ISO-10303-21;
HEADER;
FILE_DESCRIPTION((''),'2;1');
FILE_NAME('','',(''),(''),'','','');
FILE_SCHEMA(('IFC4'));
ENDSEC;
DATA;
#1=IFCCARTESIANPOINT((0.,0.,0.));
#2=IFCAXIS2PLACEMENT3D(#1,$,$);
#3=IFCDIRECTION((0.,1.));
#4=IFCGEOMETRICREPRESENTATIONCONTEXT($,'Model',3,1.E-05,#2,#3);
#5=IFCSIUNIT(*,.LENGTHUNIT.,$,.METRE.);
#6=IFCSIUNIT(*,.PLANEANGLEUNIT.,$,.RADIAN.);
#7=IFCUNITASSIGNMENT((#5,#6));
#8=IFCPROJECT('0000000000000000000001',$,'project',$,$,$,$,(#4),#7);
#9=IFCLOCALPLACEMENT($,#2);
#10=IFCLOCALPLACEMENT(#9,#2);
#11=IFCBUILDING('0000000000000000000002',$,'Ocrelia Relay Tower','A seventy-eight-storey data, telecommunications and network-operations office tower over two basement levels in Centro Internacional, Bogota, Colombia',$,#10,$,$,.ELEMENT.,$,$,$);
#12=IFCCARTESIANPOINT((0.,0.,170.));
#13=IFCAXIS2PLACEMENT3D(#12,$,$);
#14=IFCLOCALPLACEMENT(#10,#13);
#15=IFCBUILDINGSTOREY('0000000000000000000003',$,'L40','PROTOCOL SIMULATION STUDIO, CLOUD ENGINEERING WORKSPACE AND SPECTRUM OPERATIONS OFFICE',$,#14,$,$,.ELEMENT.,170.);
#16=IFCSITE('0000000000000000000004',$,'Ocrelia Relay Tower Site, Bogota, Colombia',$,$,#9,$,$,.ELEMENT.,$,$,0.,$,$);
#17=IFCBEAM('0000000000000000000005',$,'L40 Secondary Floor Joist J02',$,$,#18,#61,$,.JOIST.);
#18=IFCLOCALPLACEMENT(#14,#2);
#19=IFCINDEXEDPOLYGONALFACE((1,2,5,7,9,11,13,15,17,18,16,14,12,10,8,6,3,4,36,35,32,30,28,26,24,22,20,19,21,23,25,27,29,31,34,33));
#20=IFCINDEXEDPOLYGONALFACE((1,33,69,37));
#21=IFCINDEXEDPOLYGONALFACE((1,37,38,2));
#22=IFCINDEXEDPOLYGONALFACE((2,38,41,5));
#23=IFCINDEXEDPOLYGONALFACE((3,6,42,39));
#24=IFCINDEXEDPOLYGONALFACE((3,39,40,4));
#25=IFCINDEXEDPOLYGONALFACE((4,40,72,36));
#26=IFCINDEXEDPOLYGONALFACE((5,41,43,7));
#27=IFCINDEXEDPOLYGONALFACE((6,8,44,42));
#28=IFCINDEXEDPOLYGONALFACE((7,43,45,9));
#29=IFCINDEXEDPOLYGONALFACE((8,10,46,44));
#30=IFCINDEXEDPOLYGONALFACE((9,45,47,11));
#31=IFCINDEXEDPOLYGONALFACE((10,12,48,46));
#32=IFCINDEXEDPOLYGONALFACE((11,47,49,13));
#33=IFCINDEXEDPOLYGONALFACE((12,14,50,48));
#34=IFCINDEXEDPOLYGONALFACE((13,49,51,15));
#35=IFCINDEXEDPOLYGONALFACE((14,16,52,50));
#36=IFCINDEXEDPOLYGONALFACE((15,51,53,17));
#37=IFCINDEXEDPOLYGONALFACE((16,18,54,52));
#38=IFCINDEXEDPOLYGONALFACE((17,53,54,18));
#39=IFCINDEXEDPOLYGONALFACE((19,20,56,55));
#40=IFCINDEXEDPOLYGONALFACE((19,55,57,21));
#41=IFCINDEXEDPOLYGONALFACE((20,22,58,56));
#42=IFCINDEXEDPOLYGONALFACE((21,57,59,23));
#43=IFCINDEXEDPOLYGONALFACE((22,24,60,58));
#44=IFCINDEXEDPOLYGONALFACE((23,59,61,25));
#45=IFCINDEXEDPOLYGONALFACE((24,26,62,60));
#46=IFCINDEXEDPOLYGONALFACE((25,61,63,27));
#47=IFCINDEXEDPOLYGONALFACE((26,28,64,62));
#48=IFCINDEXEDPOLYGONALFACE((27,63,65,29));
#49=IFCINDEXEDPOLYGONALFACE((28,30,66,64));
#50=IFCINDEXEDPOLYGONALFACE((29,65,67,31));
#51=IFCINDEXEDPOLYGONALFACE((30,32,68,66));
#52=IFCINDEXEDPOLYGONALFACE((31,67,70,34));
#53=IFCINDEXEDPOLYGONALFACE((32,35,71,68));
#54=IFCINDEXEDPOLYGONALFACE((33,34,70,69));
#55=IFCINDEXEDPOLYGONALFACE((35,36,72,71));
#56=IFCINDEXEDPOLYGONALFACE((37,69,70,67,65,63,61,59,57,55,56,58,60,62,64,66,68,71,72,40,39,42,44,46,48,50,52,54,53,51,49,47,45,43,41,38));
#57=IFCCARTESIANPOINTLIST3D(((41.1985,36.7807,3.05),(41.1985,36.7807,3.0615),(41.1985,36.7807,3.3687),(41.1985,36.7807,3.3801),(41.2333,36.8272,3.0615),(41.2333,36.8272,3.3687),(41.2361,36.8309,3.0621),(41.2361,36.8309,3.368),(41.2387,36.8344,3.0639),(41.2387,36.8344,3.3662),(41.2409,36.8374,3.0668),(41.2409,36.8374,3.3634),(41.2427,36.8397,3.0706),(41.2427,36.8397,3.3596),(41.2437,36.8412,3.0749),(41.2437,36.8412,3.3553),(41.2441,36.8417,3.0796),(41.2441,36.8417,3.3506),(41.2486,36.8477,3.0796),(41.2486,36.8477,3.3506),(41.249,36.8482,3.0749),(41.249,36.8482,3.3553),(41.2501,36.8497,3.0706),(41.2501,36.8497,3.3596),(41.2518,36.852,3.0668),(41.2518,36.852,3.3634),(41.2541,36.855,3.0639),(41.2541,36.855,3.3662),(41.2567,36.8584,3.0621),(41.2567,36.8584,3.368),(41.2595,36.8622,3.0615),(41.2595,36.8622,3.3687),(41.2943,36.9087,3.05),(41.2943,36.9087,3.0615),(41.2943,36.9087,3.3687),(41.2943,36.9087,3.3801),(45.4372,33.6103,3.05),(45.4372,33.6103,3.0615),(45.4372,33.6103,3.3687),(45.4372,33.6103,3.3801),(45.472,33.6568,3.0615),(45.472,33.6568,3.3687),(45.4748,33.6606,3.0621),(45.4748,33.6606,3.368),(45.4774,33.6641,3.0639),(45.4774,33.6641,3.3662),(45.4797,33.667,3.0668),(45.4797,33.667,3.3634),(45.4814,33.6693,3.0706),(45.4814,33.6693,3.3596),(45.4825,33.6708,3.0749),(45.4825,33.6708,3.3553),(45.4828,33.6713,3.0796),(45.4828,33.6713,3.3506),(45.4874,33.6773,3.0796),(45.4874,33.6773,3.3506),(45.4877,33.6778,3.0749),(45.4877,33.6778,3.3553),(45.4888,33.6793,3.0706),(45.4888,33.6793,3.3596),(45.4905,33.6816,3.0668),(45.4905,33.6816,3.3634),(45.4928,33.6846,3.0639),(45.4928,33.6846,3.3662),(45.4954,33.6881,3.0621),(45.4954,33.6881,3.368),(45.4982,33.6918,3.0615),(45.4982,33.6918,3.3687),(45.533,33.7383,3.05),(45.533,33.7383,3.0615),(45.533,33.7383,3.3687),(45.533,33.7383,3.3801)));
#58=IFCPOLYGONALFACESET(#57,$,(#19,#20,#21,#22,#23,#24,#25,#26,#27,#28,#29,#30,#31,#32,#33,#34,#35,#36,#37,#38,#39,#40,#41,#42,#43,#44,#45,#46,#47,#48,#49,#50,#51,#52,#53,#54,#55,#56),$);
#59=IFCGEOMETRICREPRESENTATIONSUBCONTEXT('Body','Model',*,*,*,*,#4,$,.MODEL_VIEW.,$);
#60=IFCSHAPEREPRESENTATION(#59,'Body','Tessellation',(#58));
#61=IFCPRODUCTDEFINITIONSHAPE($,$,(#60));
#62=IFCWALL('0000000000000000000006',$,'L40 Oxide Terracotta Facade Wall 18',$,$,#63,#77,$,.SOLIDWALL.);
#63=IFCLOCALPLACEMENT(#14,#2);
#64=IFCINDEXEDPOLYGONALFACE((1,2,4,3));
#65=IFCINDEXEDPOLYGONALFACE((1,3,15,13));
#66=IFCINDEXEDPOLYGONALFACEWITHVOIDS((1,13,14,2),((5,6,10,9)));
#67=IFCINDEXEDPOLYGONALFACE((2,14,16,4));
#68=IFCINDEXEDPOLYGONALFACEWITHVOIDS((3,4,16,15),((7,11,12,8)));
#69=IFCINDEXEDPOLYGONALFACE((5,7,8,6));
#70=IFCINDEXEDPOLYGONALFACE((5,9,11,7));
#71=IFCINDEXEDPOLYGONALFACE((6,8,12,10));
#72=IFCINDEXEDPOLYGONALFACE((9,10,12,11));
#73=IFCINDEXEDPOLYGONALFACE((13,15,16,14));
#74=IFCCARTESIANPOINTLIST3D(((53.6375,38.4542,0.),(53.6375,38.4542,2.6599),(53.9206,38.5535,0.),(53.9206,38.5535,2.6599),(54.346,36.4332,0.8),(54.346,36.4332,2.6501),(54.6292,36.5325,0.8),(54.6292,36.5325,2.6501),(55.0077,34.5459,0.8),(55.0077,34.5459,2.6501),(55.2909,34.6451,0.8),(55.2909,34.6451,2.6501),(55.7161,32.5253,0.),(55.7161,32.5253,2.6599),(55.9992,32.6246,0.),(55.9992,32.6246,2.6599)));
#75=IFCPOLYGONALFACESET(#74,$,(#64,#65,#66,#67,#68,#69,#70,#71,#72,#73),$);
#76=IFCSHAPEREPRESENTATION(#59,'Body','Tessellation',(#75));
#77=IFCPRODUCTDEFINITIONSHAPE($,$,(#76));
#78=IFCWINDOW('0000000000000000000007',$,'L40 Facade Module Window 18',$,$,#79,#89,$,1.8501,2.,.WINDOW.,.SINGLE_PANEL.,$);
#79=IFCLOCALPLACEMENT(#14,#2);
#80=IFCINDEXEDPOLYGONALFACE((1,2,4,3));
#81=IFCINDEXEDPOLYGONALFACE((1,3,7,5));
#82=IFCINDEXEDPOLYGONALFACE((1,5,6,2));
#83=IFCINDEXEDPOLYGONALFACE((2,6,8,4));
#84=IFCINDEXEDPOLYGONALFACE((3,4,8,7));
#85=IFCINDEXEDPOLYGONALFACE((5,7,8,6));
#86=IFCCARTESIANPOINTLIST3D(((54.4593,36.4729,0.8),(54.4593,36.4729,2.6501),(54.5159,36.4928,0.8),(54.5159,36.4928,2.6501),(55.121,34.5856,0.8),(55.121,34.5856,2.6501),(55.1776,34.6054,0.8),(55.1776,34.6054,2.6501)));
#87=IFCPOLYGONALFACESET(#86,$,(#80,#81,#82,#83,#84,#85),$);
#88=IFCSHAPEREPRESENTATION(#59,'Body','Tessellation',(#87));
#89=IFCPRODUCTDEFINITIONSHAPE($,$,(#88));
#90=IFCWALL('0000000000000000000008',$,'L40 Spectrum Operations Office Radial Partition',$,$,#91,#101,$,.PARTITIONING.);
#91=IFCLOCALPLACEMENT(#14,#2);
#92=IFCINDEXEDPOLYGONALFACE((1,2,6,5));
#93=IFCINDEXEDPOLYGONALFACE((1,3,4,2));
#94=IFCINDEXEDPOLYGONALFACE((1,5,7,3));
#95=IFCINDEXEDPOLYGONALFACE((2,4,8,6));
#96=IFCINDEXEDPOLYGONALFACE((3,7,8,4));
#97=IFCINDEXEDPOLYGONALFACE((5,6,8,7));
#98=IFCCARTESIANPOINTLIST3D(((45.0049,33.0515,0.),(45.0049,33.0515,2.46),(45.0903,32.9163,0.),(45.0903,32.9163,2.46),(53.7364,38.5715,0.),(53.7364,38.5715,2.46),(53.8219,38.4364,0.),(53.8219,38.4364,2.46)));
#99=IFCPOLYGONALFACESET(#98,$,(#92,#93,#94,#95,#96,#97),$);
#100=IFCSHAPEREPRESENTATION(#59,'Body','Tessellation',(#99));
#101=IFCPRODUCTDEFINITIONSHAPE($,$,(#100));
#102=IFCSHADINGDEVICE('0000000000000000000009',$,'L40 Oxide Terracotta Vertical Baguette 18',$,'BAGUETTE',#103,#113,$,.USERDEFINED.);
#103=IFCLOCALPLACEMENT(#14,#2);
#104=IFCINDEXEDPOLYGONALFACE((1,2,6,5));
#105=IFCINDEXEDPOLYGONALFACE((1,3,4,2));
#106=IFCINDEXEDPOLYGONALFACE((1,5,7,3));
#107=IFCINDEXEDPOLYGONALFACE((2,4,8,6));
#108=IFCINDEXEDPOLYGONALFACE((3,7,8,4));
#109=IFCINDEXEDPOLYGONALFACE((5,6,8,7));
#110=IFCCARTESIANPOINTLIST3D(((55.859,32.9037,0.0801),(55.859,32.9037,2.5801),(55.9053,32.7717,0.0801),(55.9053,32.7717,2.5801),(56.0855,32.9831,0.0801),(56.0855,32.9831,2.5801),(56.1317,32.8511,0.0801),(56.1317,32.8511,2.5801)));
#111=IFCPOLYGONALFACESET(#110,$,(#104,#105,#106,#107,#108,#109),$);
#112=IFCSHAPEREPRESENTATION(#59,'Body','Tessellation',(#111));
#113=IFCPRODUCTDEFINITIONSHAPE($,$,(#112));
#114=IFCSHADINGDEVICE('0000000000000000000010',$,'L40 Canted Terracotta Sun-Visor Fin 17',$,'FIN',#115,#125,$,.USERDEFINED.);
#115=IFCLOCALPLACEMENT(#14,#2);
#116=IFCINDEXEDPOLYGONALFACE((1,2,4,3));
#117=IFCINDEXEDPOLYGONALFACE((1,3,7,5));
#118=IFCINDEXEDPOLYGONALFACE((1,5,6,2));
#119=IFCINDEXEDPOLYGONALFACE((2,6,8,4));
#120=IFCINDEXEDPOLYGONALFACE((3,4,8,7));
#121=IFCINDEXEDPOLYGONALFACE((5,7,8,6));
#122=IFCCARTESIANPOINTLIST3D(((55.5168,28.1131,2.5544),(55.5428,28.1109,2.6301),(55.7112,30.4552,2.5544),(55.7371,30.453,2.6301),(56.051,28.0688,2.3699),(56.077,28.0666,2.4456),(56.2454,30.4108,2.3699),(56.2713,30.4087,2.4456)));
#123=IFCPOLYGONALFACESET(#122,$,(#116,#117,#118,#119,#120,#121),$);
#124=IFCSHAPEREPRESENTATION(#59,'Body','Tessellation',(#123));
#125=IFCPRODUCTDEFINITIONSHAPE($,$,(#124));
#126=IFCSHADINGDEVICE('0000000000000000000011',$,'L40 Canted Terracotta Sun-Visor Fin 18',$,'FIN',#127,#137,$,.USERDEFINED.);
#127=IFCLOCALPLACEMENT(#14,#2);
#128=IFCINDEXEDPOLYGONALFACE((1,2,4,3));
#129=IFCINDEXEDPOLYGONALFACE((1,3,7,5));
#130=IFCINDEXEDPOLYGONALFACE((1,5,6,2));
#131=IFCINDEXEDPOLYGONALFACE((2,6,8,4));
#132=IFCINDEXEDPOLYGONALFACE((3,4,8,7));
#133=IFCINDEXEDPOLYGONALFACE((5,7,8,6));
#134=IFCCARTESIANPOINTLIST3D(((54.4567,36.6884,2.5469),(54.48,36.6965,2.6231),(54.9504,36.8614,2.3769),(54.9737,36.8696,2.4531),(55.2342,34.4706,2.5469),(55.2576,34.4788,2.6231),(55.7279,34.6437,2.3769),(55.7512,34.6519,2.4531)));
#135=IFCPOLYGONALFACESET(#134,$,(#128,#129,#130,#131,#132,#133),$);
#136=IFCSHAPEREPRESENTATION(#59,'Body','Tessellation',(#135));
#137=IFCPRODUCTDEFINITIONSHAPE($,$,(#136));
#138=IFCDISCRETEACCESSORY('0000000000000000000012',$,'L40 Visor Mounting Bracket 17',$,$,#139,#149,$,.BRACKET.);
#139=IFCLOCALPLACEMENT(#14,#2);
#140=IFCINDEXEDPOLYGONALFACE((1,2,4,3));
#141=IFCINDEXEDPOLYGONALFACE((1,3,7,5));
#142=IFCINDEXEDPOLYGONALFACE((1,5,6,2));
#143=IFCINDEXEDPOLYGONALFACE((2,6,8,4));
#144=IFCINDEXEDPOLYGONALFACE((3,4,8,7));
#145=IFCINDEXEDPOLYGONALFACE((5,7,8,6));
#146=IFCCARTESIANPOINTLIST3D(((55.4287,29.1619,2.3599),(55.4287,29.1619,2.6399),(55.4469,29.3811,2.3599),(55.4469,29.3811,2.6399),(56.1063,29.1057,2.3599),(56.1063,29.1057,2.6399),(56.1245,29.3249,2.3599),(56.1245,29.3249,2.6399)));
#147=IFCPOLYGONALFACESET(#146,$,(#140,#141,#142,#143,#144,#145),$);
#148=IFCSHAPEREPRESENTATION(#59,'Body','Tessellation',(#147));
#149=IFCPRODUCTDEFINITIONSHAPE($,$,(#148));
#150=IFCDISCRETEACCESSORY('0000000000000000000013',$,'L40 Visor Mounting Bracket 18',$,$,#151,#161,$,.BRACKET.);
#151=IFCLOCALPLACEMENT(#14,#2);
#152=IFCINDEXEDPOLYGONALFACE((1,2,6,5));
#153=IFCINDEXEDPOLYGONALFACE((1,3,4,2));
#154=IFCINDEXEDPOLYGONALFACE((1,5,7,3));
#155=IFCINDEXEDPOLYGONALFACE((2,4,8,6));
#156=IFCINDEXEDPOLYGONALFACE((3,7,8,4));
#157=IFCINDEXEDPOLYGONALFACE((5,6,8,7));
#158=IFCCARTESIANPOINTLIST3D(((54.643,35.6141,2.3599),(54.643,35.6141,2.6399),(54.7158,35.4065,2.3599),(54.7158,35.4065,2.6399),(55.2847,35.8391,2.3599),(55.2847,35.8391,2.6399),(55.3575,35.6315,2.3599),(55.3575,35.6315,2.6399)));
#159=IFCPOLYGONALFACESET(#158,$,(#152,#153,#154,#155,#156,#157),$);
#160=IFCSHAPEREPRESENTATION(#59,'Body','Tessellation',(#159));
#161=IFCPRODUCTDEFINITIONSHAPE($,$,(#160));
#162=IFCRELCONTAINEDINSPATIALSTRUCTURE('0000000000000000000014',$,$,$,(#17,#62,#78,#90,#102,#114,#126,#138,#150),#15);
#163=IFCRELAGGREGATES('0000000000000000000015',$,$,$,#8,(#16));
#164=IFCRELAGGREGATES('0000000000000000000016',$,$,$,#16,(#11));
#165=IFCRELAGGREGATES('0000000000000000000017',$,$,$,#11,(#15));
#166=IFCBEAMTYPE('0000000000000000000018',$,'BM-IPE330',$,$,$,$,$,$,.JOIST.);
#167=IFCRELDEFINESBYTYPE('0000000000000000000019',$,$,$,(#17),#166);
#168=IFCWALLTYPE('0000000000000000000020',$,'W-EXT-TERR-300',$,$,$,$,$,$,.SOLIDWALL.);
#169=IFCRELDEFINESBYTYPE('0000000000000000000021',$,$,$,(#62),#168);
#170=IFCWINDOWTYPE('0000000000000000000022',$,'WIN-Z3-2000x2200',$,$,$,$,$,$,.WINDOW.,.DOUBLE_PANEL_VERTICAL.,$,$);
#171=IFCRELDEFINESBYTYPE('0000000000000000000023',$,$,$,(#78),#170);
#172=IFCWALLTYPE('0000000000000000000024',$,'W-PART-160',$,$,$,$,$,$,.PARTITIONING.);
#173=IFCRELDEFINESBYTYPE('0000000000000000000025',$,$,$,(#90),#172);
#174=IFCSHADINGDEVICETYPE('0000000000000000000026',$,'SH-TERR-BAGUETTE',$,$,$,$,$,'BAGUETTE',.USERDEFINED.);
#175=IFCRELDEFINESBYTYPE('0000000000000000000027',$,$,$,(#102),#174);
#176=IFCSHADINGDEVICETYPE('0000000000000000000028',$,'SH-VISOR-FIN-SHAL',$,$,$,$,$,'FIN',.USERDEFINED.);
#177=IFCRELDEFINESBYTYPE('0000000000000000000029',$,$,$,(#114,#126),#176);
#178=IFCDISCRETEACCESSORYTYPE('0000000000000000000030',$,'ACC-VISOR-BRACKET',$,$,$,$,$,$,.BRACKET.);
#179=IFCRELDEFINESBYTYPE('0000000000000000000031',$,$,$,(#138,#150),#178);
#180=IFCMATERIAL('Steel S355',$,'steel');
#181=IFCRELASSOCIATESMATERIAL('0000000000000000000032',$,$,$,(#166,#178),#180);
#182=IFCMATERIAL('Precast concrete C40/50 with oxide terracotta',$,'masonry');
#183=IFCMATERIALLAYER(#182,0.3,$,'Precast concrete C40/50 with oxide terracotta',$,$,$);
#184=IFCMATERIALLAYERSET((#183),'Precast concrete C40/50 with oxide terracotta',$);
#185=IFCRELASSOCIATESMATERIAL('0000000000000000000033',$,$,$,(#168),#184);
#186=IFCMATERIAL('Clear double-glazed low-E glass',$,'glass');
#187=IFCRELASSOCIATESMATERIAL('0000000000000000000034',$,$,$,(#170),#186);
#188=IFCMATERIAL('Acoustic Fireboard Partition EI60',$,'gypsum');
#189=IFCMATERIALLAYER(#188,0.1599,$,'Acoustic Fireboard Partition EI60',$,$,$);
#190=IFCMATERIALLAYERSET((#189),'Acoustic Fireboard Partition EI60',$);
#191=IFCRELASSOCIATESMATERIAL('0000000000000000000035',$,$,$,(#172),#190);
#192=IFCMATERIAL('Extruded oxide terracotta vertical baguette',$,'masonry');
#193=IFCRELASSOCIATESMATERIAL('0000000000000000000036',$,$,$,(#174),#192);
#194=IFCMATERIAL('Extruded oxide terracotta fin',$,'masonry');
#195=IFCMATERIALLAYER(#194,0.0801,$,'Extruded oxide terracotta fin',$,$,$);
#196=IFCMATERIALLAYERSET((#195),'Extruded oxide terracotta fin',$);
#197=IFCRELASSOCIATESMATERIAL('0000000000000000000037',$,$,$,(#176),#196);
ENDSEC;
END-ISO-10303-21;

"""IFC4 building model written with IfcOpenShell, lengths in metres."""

from ifc_helpers import new_model, si_unit, direction, frame, frame_2d, origin, origin_2d, place, context, subcontext, project, spatial, rectangle, i_section, extrude, material, layer, layer_set, material_profile, profile_set, type_object, element, fill, save


model = new_model("IFC4")

# Units and contexts
model_context = context("Model", 3, precision=1e-05, world=origin(), true_north=direction((0.0, 1.0)))
body_context = subcontext(model_context, "Body", "Model", "MODEL_VIEW")
ifc_project = project(units=[si_unit("LENGTHUNIT", "METRE"), si_unit("PLANEANGLEUNIT", "RADIAN")], contexts=[model_context])

# Site, building, storey
site_placement = place(None, origin())
site = spatial("IfcSite", under=ifc_project, at=site_placement, Name="Ocrelia Relay Tower Site, Bogota, Colombia", CompositionType="ELEMENT", RefElevation=0.0)
building_placement = place(site_placement, origin())
building = spatial("IfcBuilding", under=site, at=building_placement, Name="Ocrelia Relay Tower", Description="A seventy-eight-storey data, telecommunications and network-operations office tower over two basement levels in Centro Internacional, Bogota, Colombia", CompositionType="ELEMENT")
storey_placement = place(building_placement, frame((0.0, 0.0, 170.0)))
storey = spatial("IfcBuildingStorey", under=building, at=storey_placement, Name="L40", Description="PROTOCOL SIMULATION STUDIO, CLOUD ENGINEERING WORKSPACE AND SPECTRUM OPERATIONS OFFICE", CompositionType="ELEMENT", Elevation=170.0)

# Beam
ifc_material_1 = material(Name="Steel S355", Category="steel")
ifc_material_profile_1 = material_profile(ifc_material_1, i_section(OverallWidth=0.1599, OverallDepth=0.3301, WebThickness=0.0076, FlangeThickness=0.0115, FilletRadius=0.0181, at=origin_2d()), Name="IPE 330")
ifc_profile_set_1 = profile_set([ifc_material_profile_1], Name="Steel S355")
beam_type_1 = type_object("IfcBeamType", Name="BM-IPE330", PredefinedType="JOIST", material=ifc_profile_set_1)
beam_1_placement = place(storey_placement, frame((45.4851, 33.6743, 3.2151), z_axis=(-0.800785, 0.598952, 0.0), x_axis=(-0.598952, -0.800785, 0.0)))
element("IfcBeam", 1, at=beam_1_placement, inside=storey, type_object=beam_type_1, Name="L40 Secondary Floor Joist J02", PredefinedType="JOIST", context=body_context, shape_type="SweptSolid", body=[
    extrude(i_section(OverallWidth=0.1599, OverallDepth=0.3301, WebThickness=0.0076, FlangeThickness=0.0115, FilletRadius=0.0181, at=origin_2d()), origin(), (0.0, 0.0, 1.0), 5.2932),
])

# Wall, opening, window
ifc_material_2 = material(Name="Precast concrete C40/50 with oxide terracotta", Category="masonry")
ifc_layer_1 = layer(ifc_material_2, 0.3, Name="Precast concrete C40/50 with oxide terracotta")
ifc_layer_set_1 = layer_set([ifc_layer_1], Name="Precast concrete C40/50 with oxide terracotta")
wall_type_1 = type_object("IfcWallType", Name="W-EXT-TERR-300", PredefinedType="SOLIDWALL", material=ifc_layer_set_1)
wall_1_placement = place(storey_placement, frame((55.8577, 32.575, 0.0), z_axis=(0.0, 0.0, 1.0), x_axis=(-0.330844, 0.943686, 0.0)))
wall_1 = element("IfcWall", 2, at=wall_1_placement, inside=storey, type_object=wall_type_1, Name="L40 Oxide Terracotta Facade Wall 18", PredefinedType="SOLIDWALL", context=body_context, shape_type="SweptSolid", body=[
    extrude(rectangle(XDim=6.2827, YDim=0.3, at=frame_2d((3.1414, 0.0))), origin(), (0.0, 0.0, 1.0), 2.6599),
])
opening_1_placement = place(wall_1_placement, frame((2.1411, 0.0, 0.8)))
opening_1 = element("IfcOpeningElement", 3, at=opening_1_placement, cuts=wall_1, PredefinedType="OPENING", context=body_context, shape_type="SweptSolid", body=[
    extrude(rectangle(XDim=2.0, YDim=1.8501, at=frame_2d((1.0, 0.925))), frame((0.0, 0.1602, 0.0), z_axis=(0.0, -1.0, 0.0), x_axis=(1.0, 0.0, 0.0)), (0.0, 0.0, 1.0), 0.3201),
])
ifc_material_3 = material(Name="Clear double-glazed low-E glass", Category="glass")
window_type = type_object("IfcWindowType", Name="WIN-Z3-2000x2200", PartitioningType="DOUBLE_PANEL_VERTICAL", PredefinedType="WINDOW", material=ifc_material_3)
window_placement = place(opening_1_placement, origin())
window = element("IfcWindow", 4, at=window_placement, inside=storey, type_object=window_type, Name="L40 Facade Module Window 18", OverallHeight=1.8501, OverallWidth=2.0, PartitioningType="SINGLE_PANEL", PredefinedType="WINDOW", context=body_context, shape_type="SweptSolid", body=[
    extrude(rectangle(XDim=2.0, YDim=1.8501, at=frame_2d((1.0, 0.925))), frame((0.0, 0.03, 0.0), z_axis=(0.0, -1.0, 0.0), x_axis=(1.0, 0.0, 0.0)), (0.0, 0.0, 1.0), 0.0601),
])
fill(opening_1, window)

# Wall
ifc_material_4 = material(Name="Acoustic Fireboard Partition EI60", Category="gypsum")
ifc_layer_2 = layer(ifc_material_4, 0.1599, Name="Acoustic Fireboard Partition EI60")
ifc_layer_set_2 = layer_set([ifc_layer_2], Name="Acoustic Fireboard Partition EI60")
wall_type_2 = type_object("IfcWallType", Name="W-PART-160", PredefinedType="PARTITIONING", material=ifc_layer_set_2)
wall_2_placement = place(storey_placement, frame((45.0476, 32.9839, 0.0), z_axis=(0.0, 0.0, 1.0), x_axis=(0.845252, 0.534368, 0.0)))
element("IfcWall", 5, at=wall_2_placement, inside=storey, type_object=wall_type_2, Name="L40 Spectrum Operations Office Radial Partition", PredefinedType="PARTITIONING", context=body_context, shape_type="SweptSolid", body=[
    extrude(rectangle(XDim=10.3301, YDim=0.1599, at=frame_2d((5.165, 0.0))), origin(), (0.0, 0.0, 1.0), 2.46),
])

# Shading devices
ifc_material_5 = material(Name="Extruded oxide terracotta vertical baguette", Category="masonry")
shading_device_type_1 = type_object("IfcShadingDeviceType", Name="SH-TERR-BAGUETTE", ElementType="BAGUETTE", PredefinedType="USERDEFINED", material=ifc_material_5)
shading_device_1_placement = place(storey_placement, frame((55.9954, 32.8774, 0.0801), z_axis=(0.0, 0.0, 1.0), x_axis=(-0.330845, 0.943685, 0.0)))
element("IfcShadingDevice", 6, at=shading_device_1_placement, inside=storey, type_object=shading_device_type_1, Name="L40 Oxide Terracotta Vertical Baguette 18", ObjectType="BAGUETTE", PredefinedType="USERDEFINED", context=body_context, shape_type="SweptSolid", body=[
    extrude(rectangle(XDim=0.1399, YDim=0.24, at=origin_2d()), origin(), (0.0, 0.0, 1.0), 2.5),
])
ifc_material_6 = material(Name="Extruded oxide terracotta fin", Category="masonry")
ifc_layer_3 = layer(ifc_material_6, 0.0801, Name="Extruded oxide terracotta fin")
ifc_layer_set_3 = layer_set([ifc_layer_3], Name="Extruded oxide terracotta fin")
shading_device_type_2 = type_object("IfcShadingDeviceType", Name="SH-VISOR-FIN-SHAL", ElementType="FIN", PredefinedType="USERDEFINED", material=ifc_layer_set_3)
shading_device_2_placement = place(storey_placement, frame((55.8811, 29.262, 2.4622), z_axis=(0.324289, -0.02691, 0.945575), x_axis=(0.082698, 0.996575, 0.0)))
element("IfcShadingDevice", 7, at=shading_device_2_placement, inside=storey, type_object=shading_device_type_2, Name="L40 Canted Terracotta Sun-Visor Fin 17", ObjectType="FIN", PredefinedType="USERDEFINED", context=body_context, shape_type="SweptSolid", body=[
    extrude(rectangle(XDim=2.3501, YDim=0.5669, at=origin_2d()), origin(), (0.0, 0.0, 1.0), 0.0801),
])
shading_device_3_placement = place(storey_placement, frame((55.0923, 35.666, 2.4619), z_axis=(0.291615, 0.102237, 0.951057), x_axis=(-0.330845, 0.943685, 0.0)))
element("IfcShadingDevice", 8, at=shading_device_3_placement, inside=storey, type_object=shading_device_type_2, Name="L40 Canted Terracotta Sun-Visor Fin 18", ObjectType="FIN", PredefinedType="USERDEFINED", context=body_context, shape_type="SweptSolid", body=[
    extrude(rectangle(XDim=2.3501, YDim=0.55, at=origin_2d()), origin(), (0.0, 0.0, 1.0), 0.0801),
])

# Discrete accessories
discrete_accessory_type = type_object("IfcDiscreteAccessoryType", Name="ACC-VISOR-BRACKET", PredefinedType="BRACKET", material=ifc_material_1)
for number, where, z_axis, x_axis, name in (
    (9, (55.7766, 29.2434, 2.3599), (0.0, 0.0, 1.0), (0.082698, 0.996575, 0.0), "L40 Visor Mounting Bracket 17"),
    (10, (55.0002, 35.6228, 2.3599), (0.0, 0.0, 1.0), (-0.330845, 0.943685, 0.0), "L40 Visor Mounting Bracket 18"),
):
    element("IfcDiscreteAccessory", number, at=place(storey_placement, frame(where, z_axis=z_axis, x_axis=x_axis)), inside=storey, type_object=discrete_accessory_type, Name=name, PredefinedType="BRACKET", context=body_context, shape_type="SweptSolid", body=[
        extrude(rectangle(XDim=0.22, YDim=0.6799, at=origin_2d()), origin(), (0.0, 0.0, 1.0), 0.28),
    ])

save(model, "model.ifc")
